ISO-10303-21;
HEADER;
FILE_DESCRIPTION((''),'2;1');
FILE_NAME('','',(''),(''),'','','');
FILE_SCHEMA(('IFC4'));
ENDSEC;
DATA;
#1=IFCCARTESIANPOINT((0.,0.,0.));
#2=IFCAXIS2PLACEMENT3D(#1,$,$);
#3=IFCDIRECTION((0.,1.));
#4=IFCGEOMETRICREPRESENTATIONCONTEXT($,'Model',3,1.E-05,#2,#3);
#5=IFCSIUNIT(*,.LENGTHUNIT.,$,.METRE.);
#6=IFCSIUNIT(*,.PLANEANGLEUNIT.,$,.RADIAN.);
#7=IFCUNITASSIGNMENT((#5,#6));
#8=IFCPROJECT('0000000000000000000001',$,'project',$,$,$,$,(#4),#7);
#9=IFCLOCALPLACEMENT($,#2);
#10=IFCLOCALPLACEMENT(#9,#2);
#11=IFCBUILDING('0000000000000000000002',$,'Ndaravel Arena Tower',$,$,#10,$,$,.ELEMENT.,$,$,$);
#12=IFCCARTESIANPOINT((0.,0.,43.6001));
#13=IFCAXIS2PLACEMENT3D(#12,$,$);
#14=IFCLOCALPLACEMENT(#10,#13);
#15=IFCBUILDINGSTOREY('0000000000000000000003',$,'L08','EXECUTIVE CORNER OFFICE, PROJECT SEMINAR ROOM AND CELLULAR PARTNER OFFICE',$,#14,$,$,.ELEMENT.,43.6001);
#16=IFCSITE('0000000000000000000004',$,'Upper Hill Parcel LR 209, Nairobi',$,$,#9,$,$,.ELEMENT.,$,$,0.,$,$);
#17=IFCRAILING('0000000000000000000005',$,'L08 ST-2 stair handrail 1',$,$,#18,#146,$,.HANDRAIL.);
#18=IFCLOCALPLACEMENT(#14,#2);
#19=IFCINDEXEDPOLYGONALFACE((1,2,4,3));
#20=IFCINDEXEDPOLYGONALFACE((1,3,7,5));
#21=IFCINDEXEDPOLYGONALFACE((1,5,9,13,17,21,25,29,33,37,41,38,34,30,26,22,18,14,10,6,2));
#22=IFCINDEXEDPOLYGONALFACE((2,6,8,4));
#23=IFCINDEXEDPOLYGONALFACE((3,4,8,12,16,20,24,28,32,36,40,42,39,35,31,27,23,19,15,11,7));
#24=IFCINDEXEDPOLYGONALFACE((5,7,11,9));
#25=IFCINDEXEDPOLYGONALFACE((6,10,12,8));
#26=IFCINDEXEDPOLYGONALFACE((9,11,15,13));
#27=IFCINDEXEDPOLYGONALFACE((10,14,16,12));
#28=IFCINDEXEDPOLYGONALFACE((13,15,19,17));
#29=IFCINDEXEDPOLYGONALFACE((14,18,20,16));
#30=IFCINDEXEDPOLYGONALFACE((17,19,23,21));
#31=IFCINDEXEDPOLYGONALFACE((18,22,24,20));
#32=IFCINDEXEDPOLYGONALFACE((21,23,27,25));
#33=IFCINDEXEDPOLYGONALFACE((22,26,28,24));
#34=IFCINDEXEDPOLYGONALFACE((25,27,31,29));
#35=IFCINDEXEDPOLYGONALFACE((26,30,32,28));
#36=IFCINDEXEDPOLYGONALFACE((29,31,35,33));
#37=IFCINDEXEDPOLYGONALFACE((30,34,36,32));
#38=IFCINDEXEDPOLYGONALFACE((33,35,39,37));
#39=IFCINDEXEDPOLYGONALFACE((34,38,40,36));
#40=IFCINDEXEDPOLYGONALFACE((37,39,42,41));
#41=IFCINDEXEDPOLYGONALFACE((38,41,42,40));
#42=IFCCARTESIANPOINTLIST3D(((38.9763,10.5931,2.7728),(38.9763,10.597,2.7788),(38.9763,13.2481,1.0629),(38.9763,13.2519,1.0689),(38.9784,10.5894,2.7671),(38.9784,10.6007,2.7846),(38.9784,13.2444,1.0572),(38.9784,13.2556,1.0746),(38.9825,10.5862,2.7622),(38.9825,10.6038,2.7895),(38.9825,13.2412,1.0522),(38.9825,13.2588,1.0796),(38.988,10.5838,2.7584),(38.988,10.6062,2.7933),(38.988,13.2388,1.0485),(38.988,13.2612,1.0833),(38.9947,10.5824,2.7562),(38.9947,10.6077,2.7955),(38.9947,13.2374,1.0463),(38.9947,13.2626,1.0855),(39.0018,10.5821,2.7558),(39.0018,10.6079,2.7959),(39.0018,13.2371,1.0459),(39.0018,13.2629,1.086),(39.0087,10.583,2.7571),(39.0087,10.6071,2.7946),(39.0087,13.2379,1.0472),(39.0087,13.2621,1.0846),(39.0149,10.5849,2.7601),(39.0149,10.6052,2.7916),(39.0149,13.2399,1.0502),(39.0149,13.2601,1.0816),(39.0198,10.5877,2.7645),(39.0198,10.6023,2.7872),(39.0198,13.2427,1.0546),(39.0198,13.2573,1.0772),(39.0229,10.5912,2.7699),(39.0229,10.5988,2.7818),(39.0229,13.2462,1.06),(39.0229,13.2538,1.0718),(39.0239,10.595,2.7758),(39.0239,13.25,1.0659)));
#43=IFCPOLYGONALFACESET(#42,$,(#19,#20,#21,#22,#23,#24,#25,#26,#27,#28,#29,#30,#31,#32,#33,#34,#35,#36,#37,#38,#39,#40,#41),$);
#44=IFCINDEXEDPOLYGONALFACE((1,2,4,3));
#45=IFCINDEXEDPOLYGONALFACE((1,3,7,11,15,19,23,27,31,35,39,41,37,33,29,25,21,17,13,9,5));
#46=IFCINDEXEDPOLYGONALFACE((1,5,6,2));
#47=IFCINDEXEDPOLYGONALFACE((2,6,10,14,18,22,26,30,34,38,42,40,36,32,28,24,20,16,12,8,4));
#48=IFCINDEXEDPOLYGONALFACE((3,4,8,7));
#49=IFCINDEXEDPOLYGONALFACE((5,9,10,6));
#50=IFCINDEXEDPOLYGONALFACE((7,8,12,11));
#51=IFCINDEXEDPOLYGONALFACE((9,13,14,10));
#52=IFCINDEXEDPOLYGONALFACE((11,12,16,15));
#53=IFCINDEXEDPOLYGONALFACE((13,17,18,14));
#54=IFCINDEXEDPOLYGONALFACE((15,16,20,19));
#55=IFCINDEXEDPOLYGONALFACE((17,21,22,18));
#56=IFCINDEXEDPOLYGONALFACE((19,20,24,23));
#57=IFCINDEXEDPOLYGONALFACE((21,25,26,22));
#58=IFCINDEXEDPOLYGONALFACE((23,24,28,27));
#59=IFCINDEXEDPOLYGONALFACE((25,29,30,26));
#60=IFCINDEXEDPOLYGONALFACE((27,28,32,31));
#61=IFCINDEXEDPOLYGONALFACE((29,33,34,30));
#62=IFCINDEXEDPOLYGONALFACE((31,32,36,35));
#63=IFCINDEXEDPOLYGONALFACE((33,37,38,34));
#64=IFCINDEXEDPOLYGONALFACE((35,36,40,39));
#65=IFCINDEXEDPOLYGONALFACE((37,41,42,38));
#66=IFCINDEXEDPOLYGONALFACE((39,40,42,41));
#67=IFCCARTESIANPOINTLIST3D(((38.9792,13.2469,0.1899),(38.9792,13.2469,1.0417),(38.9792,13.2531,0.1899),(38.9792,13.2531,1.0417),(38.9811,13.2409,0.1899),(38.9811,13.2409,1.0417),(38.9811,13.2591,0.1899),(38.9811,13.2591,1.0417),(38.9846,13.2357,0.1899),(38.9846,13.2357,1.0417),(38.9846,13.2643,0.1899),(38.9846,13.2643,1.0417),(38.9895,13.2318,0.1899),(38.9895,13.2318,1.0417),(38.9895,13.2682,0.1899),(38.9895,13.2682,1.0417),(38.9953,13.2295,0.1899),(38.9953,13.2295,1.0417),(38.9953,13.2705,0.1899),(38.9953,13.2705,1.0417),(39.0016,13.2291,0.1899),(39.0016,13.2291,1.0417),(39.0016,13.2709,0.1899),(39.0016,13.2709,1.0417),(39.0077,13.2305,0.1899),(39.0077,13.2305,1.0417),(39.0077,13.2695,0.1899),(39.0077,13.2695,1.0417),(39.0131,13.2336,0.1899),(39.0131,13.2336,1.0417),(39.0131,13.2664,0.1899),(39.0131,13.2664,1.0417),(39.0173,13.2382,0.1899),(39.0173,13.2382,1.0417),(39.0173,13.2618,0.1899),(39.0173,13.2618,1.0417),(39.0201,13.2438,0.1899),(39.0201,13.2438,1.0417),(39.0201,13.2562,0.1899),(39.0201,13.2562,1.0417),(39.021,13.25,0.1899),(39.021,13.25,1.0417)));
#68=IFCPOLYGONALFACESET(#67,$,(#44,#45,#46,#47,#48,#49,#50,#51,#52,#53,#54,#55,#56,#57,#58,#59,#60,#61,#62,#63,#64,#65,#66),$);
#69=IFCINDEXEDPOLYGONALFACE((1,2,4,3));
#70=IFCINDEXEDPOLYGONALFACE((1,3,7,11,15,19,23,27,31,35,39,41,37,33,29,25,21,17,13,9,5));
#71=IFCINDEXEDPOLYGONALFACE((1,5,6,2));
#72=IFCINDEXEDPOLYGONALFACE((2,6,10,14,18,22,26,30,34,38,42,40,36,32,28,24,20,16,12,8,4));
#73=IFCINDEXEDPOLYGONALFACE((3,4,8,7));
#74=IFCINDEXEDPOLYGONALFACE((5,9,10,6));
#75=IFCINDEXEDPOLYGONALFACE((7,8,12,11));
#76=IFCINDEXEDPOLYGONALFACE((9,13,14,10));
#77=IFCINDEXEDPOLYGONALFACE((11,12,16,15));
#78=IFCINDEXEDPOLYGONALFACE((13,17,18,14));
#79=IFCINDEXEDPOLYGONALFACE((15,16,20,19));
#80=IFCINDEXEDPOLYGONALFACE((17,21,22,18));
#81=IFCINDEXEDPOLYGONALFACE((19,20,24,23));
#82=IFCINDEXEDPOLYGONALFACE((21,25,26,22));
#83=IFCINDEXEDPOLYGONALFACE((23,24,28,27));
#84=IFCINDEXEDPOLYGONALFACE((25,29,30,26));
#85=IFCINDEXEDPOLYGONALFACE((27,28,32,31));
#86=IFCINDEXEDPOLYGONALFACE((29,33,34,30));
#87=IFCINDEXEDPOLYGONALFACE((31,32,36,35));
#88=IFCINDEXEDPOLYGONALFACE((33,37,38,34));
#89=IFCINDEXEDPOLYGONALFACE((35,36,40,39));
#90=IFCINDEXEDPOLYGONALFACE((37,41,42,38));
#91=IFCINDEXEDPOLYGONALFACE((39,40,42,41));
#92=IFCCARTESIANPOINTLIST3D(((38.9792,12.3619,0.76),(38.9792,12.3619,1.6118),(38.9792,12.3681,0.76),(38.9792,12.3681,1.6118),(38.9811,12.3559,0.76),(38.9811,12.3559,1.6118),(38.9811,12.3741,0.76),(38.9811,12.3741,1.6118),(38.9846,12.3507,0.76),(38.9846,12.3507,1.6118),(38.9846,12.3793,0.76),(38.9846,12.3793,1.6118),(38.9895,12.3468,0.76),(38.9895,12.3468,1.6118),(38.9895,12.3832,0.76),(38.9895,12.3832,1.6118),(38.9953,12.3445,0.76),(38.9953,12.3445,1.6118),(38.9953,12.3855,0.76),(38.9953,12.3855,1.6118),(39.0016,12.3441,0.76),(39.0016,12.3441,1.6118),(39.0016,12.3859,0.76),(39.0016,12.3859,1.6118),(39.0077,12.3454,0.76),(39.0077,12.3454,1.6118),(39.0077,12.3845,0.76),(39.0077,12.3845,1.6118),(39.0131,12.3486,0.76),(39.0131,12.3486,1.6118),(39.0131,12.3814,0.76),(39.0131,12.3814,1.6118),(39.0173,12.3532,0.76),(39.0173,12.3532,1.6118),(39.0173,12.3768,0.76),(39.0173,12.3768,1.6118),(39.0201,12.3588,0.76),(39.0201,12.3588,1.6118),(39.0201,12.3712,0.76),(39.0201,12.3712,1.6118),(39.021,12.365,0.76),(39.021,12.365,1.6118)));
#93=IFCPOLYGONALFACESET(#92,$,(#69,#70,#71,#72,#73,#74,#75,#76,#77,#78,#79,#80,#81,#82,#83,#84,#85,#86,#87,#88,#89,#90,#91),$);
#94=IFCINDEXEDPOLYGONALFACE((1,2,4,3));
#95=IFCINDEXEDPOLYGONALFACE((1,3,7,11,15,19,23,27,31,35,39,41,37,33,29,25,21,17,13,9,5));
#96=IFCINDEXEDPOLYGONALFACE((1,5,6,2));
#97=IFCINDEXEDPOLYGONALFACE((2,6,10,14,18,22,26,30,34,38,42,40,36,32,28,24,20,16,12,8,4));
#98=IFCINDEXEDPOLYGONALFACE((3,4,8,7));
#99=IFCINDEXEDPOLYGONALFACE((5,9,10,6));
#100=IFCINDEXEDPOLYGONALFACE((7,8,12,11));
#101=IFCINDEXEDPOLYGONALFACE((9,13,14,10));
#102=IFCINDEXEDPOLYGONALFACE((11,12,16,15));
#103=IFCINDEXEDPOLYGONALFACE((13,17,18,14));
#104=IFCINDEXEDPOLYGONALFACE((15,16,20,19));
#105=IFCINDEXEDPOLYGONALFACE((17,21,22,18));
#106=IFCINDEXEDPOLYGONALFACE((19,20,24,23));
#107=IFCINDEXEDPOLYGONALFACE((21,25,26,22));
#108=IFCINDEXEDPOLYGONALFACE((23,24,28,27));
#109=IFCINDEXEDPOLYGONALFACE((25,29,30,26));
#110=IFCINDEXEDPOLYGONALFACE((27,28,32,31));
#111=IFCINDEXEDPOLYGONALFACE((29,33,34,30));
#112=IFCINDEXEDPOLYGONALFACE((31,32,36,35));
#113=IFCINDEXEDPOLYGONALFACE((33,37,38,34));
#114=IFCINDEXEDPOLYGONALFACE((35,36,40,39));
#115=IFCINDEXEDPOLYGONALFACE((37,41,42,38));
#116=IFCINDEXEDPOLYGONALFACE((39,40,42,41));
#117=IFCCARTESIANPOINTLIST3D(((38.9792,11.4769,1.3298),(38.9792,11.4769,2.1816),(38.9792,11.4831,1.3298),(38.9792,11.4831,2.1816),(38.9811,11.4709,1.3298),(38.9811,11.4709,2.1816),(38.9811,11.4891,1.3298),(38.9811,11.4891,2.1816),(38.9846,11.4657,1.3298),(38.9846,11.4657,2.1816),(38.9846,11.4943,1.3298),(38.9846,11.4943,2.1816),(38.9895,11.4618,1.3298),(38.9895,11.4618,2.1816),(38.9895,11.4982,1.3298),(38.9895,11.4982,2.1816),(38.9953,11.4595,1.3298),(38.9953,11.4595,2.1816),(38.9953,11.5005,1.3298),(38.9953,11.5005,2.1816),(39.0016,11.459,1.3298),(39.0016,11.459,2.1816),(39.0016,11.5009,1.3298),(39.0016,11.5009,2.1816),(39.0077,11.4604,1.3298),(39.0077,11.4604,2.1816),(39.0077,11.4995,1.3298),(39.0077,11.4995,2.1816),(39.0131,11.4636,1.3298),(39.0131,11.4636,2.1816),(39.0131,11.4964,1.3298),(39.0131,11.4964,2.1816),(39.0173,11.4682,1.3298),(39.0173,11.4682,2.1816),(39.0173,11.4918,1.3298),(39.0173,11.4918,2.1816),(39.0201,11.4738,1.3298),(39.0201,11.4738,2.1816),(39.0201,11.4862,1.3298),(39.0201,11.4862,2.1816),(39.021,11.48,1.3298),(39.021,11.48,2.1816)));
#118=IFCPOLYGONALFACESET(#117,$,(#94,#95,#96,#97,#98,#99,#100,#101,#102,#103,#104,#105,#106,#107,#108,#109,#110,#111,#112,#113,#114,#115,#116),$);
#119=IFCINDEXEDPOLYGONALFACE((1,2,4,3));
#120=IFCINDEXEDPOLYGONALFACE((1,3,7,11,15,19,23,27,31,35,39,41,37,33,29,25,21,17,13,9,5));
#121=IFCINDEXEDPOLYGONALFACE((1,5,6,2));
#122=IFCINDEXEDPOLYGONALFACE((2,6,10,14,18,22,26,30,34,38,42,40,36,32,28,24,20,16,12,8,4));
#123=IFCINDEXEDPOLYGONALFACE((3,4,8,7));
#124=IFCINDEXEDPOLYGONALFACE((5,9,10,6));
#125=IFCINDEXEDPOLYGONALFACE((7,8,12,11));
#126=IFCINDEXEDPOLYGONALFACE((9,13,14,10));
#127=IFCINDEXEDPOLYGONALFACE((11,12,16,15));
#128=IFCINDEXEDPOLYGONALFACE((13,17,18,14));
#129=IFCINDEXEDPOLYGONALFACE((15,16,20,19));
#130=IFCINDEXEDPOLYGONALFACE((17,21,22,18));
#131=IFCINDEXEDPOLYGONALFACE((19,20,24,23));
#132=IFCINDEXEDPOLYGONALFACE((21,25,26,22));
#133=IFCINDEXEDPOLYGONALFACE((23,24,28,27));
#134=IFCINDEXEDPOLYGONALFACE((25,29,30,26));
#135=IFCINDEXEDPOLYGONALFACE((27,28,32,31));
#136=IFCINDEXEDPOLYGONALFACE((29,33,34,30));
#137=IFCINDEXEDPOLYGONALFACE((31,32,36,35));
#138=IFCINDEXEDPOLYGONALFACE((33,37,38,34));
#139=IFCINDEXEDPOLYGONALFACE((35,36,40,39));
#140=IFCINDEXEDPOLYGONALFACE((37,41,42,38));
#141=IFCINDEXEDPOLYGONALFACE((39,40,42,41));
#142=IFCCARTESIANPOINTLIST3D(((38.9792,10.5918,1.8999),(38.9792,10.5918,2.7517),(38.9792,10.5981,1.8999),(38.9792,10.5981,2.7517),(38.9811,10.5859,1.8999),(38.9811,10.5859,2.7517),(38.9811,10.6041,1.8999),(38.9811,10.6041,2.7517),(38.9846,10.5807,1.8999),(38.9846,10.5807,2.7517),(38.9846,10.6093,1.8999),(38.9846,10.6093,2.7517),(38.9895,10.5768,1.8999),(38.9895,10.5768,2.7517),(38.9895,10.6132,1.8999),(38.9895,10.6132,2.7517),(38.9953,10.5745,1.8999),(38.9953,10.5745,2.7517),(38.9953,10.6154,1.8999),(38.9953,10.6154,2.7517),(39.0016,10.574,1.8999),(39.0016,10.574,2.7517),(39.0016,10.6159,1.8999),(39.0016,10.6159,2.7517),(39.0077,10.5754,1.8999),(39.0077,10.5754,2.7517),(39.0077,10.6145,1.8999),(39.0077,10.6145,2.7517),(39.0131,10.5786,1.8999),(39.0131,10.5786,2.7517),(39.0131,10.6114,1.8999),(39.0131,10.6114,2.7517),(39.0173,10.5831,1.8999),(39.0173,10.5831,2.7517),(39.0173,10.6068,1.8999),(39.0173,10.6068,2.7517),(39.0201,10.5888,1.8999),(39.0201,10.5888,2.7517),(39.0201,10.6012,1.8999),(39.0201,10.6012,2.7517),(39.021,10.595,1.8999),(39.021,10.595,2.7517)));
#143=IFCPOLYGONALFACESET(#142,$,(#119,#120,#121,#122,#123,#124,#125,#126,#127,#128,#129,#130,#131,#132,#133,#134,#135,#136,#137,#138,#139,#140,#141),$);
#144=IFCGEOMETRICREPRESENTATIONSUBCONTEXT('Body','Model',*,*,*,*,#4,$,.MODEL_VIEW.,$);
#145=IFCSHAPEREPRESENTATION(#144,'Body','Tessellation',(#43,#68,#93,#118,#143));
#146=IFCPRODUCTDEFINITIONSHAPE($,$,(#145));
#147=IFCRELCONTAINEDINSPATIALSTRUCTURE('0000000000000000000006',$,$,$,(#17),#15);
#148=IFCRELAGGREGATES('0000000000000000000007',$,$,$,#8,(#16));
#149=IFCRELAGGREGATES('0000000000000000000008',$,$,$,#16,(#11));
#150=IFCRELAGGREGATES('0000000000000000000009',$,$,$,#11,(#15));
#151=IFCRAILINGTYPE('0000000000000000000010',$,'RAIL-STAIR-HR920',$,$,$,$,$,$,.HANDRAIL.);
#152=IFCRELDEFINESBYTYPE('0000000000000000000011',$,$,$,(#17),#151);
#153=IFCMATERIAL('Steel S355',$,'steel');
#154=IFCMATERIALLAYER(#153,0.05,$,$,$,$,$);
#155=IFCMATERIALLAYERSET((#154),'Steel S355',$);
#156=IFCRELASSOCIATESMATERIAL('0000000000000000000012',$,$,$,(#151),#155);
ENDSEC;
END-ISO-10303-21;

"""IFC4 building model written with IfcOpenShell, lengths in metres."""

from ifc_helpers import new_model, si_unit, direction, frame, origin, origin_2d, place, context, subcontext, project, spatial, circle, extrude, material, layer, layer_set, type_object, element, save


model = new_model("IFC4")

# Units and contexts
model_context = context("Model", 3, precision=1e-05, world=origin(), true_north=direction((0.0, 1.0)))
body_context = subcontext(model_context, "Body", "Model", "MODEL_VIEW")
ifc_project = project(units=[si_unit("LENGTHUNIT", "METRE"), si_unit("PLANEANGLEUNIT", "RADIAN")], contexts=[model_context])

# Site, building, storey
site_placement = place(None, origin())
site = spatial("IfcSite", under=ifc_project, at=site_placement, Name="Upper Hill Parcel LR 209, Nairobi", CompositionType="ELEMENT", RefElevation=0.0)
building_placement = place(site_placement, origin())
building = spatial("IfcBuilding", under=site, at=building_placement, Name="Ndaravel Arena Tower", CompositionType="ELEMENT")
storey_placement = place(building_placement, frame((0.0, 0.0, 43.6001)))
storey = spatial("IfcBuildingStorey", under=building, at=storey_placement, Name="L08", Description="EXECUTIVE CORNER OFFICE, PROJECT SEMINAR ROOM AND CELLULAR PARTNER OFFICE", CompositionType="ELEMENT", Elevation=43.6001)

# Railing
ifc_material_1 = material(Name="Steel S355", Category="steel")
ifc_layer_1 = layer(ifc_material_1, 0.05)
ifc_layer_set_1 = layer_set([ifc_layer_1], Name="Steel S355")
railing_type_1 = type_object("IfcRailingType", Name="RAIL-STAIR-HR920", PredefinedType="HANDRAIL", material=ifc_layer_set_1)
railing_1_placement = place(storey_placement, frame((39.0, 13.25, 0.1899)))
element("IfcRailing", 1, at=railing_1_placement, inside=storey, type_object=railing_type_1, Name="L08 ST-2 stair handrail 1", PredefinedType="HANDRAIL", context=body_context, shape_type="SweptSolid", body=[
    extrude(circle(Radius=0.0239, at=origin_2d()), frame((0.0, 0.0, 0.876), z_axis=(0.0, -0.840724, 0.541465), x_axis=(1.0, 0.0, 0.0)), (0.0, 0.0, 1.0), 3.158),
    extrude(circle(Radius=0.021, at=origin_2d()), origin(), (0.0, 0.0, 1.0), 0.8518),
    extrude(circle(Radius=0.021, at=origin_2d()), frame((0.0, -0.885, 0.5701)), (0.0, 0.0, 1.0), 0.8518),
    extrude(circle(Radius=0.021, at=origin_2d()), frame((0.0, -1.77, 1.1399)), (0.0, 0.0, 1.0), 0.8518),
    extrude(circle(Radius=0.021, at=origin_2d()), frame((0.0, -2.655, 1.71)), (0.0, 0.0, 1.0), 0.8518),
])

save(model, "model.ifc")
